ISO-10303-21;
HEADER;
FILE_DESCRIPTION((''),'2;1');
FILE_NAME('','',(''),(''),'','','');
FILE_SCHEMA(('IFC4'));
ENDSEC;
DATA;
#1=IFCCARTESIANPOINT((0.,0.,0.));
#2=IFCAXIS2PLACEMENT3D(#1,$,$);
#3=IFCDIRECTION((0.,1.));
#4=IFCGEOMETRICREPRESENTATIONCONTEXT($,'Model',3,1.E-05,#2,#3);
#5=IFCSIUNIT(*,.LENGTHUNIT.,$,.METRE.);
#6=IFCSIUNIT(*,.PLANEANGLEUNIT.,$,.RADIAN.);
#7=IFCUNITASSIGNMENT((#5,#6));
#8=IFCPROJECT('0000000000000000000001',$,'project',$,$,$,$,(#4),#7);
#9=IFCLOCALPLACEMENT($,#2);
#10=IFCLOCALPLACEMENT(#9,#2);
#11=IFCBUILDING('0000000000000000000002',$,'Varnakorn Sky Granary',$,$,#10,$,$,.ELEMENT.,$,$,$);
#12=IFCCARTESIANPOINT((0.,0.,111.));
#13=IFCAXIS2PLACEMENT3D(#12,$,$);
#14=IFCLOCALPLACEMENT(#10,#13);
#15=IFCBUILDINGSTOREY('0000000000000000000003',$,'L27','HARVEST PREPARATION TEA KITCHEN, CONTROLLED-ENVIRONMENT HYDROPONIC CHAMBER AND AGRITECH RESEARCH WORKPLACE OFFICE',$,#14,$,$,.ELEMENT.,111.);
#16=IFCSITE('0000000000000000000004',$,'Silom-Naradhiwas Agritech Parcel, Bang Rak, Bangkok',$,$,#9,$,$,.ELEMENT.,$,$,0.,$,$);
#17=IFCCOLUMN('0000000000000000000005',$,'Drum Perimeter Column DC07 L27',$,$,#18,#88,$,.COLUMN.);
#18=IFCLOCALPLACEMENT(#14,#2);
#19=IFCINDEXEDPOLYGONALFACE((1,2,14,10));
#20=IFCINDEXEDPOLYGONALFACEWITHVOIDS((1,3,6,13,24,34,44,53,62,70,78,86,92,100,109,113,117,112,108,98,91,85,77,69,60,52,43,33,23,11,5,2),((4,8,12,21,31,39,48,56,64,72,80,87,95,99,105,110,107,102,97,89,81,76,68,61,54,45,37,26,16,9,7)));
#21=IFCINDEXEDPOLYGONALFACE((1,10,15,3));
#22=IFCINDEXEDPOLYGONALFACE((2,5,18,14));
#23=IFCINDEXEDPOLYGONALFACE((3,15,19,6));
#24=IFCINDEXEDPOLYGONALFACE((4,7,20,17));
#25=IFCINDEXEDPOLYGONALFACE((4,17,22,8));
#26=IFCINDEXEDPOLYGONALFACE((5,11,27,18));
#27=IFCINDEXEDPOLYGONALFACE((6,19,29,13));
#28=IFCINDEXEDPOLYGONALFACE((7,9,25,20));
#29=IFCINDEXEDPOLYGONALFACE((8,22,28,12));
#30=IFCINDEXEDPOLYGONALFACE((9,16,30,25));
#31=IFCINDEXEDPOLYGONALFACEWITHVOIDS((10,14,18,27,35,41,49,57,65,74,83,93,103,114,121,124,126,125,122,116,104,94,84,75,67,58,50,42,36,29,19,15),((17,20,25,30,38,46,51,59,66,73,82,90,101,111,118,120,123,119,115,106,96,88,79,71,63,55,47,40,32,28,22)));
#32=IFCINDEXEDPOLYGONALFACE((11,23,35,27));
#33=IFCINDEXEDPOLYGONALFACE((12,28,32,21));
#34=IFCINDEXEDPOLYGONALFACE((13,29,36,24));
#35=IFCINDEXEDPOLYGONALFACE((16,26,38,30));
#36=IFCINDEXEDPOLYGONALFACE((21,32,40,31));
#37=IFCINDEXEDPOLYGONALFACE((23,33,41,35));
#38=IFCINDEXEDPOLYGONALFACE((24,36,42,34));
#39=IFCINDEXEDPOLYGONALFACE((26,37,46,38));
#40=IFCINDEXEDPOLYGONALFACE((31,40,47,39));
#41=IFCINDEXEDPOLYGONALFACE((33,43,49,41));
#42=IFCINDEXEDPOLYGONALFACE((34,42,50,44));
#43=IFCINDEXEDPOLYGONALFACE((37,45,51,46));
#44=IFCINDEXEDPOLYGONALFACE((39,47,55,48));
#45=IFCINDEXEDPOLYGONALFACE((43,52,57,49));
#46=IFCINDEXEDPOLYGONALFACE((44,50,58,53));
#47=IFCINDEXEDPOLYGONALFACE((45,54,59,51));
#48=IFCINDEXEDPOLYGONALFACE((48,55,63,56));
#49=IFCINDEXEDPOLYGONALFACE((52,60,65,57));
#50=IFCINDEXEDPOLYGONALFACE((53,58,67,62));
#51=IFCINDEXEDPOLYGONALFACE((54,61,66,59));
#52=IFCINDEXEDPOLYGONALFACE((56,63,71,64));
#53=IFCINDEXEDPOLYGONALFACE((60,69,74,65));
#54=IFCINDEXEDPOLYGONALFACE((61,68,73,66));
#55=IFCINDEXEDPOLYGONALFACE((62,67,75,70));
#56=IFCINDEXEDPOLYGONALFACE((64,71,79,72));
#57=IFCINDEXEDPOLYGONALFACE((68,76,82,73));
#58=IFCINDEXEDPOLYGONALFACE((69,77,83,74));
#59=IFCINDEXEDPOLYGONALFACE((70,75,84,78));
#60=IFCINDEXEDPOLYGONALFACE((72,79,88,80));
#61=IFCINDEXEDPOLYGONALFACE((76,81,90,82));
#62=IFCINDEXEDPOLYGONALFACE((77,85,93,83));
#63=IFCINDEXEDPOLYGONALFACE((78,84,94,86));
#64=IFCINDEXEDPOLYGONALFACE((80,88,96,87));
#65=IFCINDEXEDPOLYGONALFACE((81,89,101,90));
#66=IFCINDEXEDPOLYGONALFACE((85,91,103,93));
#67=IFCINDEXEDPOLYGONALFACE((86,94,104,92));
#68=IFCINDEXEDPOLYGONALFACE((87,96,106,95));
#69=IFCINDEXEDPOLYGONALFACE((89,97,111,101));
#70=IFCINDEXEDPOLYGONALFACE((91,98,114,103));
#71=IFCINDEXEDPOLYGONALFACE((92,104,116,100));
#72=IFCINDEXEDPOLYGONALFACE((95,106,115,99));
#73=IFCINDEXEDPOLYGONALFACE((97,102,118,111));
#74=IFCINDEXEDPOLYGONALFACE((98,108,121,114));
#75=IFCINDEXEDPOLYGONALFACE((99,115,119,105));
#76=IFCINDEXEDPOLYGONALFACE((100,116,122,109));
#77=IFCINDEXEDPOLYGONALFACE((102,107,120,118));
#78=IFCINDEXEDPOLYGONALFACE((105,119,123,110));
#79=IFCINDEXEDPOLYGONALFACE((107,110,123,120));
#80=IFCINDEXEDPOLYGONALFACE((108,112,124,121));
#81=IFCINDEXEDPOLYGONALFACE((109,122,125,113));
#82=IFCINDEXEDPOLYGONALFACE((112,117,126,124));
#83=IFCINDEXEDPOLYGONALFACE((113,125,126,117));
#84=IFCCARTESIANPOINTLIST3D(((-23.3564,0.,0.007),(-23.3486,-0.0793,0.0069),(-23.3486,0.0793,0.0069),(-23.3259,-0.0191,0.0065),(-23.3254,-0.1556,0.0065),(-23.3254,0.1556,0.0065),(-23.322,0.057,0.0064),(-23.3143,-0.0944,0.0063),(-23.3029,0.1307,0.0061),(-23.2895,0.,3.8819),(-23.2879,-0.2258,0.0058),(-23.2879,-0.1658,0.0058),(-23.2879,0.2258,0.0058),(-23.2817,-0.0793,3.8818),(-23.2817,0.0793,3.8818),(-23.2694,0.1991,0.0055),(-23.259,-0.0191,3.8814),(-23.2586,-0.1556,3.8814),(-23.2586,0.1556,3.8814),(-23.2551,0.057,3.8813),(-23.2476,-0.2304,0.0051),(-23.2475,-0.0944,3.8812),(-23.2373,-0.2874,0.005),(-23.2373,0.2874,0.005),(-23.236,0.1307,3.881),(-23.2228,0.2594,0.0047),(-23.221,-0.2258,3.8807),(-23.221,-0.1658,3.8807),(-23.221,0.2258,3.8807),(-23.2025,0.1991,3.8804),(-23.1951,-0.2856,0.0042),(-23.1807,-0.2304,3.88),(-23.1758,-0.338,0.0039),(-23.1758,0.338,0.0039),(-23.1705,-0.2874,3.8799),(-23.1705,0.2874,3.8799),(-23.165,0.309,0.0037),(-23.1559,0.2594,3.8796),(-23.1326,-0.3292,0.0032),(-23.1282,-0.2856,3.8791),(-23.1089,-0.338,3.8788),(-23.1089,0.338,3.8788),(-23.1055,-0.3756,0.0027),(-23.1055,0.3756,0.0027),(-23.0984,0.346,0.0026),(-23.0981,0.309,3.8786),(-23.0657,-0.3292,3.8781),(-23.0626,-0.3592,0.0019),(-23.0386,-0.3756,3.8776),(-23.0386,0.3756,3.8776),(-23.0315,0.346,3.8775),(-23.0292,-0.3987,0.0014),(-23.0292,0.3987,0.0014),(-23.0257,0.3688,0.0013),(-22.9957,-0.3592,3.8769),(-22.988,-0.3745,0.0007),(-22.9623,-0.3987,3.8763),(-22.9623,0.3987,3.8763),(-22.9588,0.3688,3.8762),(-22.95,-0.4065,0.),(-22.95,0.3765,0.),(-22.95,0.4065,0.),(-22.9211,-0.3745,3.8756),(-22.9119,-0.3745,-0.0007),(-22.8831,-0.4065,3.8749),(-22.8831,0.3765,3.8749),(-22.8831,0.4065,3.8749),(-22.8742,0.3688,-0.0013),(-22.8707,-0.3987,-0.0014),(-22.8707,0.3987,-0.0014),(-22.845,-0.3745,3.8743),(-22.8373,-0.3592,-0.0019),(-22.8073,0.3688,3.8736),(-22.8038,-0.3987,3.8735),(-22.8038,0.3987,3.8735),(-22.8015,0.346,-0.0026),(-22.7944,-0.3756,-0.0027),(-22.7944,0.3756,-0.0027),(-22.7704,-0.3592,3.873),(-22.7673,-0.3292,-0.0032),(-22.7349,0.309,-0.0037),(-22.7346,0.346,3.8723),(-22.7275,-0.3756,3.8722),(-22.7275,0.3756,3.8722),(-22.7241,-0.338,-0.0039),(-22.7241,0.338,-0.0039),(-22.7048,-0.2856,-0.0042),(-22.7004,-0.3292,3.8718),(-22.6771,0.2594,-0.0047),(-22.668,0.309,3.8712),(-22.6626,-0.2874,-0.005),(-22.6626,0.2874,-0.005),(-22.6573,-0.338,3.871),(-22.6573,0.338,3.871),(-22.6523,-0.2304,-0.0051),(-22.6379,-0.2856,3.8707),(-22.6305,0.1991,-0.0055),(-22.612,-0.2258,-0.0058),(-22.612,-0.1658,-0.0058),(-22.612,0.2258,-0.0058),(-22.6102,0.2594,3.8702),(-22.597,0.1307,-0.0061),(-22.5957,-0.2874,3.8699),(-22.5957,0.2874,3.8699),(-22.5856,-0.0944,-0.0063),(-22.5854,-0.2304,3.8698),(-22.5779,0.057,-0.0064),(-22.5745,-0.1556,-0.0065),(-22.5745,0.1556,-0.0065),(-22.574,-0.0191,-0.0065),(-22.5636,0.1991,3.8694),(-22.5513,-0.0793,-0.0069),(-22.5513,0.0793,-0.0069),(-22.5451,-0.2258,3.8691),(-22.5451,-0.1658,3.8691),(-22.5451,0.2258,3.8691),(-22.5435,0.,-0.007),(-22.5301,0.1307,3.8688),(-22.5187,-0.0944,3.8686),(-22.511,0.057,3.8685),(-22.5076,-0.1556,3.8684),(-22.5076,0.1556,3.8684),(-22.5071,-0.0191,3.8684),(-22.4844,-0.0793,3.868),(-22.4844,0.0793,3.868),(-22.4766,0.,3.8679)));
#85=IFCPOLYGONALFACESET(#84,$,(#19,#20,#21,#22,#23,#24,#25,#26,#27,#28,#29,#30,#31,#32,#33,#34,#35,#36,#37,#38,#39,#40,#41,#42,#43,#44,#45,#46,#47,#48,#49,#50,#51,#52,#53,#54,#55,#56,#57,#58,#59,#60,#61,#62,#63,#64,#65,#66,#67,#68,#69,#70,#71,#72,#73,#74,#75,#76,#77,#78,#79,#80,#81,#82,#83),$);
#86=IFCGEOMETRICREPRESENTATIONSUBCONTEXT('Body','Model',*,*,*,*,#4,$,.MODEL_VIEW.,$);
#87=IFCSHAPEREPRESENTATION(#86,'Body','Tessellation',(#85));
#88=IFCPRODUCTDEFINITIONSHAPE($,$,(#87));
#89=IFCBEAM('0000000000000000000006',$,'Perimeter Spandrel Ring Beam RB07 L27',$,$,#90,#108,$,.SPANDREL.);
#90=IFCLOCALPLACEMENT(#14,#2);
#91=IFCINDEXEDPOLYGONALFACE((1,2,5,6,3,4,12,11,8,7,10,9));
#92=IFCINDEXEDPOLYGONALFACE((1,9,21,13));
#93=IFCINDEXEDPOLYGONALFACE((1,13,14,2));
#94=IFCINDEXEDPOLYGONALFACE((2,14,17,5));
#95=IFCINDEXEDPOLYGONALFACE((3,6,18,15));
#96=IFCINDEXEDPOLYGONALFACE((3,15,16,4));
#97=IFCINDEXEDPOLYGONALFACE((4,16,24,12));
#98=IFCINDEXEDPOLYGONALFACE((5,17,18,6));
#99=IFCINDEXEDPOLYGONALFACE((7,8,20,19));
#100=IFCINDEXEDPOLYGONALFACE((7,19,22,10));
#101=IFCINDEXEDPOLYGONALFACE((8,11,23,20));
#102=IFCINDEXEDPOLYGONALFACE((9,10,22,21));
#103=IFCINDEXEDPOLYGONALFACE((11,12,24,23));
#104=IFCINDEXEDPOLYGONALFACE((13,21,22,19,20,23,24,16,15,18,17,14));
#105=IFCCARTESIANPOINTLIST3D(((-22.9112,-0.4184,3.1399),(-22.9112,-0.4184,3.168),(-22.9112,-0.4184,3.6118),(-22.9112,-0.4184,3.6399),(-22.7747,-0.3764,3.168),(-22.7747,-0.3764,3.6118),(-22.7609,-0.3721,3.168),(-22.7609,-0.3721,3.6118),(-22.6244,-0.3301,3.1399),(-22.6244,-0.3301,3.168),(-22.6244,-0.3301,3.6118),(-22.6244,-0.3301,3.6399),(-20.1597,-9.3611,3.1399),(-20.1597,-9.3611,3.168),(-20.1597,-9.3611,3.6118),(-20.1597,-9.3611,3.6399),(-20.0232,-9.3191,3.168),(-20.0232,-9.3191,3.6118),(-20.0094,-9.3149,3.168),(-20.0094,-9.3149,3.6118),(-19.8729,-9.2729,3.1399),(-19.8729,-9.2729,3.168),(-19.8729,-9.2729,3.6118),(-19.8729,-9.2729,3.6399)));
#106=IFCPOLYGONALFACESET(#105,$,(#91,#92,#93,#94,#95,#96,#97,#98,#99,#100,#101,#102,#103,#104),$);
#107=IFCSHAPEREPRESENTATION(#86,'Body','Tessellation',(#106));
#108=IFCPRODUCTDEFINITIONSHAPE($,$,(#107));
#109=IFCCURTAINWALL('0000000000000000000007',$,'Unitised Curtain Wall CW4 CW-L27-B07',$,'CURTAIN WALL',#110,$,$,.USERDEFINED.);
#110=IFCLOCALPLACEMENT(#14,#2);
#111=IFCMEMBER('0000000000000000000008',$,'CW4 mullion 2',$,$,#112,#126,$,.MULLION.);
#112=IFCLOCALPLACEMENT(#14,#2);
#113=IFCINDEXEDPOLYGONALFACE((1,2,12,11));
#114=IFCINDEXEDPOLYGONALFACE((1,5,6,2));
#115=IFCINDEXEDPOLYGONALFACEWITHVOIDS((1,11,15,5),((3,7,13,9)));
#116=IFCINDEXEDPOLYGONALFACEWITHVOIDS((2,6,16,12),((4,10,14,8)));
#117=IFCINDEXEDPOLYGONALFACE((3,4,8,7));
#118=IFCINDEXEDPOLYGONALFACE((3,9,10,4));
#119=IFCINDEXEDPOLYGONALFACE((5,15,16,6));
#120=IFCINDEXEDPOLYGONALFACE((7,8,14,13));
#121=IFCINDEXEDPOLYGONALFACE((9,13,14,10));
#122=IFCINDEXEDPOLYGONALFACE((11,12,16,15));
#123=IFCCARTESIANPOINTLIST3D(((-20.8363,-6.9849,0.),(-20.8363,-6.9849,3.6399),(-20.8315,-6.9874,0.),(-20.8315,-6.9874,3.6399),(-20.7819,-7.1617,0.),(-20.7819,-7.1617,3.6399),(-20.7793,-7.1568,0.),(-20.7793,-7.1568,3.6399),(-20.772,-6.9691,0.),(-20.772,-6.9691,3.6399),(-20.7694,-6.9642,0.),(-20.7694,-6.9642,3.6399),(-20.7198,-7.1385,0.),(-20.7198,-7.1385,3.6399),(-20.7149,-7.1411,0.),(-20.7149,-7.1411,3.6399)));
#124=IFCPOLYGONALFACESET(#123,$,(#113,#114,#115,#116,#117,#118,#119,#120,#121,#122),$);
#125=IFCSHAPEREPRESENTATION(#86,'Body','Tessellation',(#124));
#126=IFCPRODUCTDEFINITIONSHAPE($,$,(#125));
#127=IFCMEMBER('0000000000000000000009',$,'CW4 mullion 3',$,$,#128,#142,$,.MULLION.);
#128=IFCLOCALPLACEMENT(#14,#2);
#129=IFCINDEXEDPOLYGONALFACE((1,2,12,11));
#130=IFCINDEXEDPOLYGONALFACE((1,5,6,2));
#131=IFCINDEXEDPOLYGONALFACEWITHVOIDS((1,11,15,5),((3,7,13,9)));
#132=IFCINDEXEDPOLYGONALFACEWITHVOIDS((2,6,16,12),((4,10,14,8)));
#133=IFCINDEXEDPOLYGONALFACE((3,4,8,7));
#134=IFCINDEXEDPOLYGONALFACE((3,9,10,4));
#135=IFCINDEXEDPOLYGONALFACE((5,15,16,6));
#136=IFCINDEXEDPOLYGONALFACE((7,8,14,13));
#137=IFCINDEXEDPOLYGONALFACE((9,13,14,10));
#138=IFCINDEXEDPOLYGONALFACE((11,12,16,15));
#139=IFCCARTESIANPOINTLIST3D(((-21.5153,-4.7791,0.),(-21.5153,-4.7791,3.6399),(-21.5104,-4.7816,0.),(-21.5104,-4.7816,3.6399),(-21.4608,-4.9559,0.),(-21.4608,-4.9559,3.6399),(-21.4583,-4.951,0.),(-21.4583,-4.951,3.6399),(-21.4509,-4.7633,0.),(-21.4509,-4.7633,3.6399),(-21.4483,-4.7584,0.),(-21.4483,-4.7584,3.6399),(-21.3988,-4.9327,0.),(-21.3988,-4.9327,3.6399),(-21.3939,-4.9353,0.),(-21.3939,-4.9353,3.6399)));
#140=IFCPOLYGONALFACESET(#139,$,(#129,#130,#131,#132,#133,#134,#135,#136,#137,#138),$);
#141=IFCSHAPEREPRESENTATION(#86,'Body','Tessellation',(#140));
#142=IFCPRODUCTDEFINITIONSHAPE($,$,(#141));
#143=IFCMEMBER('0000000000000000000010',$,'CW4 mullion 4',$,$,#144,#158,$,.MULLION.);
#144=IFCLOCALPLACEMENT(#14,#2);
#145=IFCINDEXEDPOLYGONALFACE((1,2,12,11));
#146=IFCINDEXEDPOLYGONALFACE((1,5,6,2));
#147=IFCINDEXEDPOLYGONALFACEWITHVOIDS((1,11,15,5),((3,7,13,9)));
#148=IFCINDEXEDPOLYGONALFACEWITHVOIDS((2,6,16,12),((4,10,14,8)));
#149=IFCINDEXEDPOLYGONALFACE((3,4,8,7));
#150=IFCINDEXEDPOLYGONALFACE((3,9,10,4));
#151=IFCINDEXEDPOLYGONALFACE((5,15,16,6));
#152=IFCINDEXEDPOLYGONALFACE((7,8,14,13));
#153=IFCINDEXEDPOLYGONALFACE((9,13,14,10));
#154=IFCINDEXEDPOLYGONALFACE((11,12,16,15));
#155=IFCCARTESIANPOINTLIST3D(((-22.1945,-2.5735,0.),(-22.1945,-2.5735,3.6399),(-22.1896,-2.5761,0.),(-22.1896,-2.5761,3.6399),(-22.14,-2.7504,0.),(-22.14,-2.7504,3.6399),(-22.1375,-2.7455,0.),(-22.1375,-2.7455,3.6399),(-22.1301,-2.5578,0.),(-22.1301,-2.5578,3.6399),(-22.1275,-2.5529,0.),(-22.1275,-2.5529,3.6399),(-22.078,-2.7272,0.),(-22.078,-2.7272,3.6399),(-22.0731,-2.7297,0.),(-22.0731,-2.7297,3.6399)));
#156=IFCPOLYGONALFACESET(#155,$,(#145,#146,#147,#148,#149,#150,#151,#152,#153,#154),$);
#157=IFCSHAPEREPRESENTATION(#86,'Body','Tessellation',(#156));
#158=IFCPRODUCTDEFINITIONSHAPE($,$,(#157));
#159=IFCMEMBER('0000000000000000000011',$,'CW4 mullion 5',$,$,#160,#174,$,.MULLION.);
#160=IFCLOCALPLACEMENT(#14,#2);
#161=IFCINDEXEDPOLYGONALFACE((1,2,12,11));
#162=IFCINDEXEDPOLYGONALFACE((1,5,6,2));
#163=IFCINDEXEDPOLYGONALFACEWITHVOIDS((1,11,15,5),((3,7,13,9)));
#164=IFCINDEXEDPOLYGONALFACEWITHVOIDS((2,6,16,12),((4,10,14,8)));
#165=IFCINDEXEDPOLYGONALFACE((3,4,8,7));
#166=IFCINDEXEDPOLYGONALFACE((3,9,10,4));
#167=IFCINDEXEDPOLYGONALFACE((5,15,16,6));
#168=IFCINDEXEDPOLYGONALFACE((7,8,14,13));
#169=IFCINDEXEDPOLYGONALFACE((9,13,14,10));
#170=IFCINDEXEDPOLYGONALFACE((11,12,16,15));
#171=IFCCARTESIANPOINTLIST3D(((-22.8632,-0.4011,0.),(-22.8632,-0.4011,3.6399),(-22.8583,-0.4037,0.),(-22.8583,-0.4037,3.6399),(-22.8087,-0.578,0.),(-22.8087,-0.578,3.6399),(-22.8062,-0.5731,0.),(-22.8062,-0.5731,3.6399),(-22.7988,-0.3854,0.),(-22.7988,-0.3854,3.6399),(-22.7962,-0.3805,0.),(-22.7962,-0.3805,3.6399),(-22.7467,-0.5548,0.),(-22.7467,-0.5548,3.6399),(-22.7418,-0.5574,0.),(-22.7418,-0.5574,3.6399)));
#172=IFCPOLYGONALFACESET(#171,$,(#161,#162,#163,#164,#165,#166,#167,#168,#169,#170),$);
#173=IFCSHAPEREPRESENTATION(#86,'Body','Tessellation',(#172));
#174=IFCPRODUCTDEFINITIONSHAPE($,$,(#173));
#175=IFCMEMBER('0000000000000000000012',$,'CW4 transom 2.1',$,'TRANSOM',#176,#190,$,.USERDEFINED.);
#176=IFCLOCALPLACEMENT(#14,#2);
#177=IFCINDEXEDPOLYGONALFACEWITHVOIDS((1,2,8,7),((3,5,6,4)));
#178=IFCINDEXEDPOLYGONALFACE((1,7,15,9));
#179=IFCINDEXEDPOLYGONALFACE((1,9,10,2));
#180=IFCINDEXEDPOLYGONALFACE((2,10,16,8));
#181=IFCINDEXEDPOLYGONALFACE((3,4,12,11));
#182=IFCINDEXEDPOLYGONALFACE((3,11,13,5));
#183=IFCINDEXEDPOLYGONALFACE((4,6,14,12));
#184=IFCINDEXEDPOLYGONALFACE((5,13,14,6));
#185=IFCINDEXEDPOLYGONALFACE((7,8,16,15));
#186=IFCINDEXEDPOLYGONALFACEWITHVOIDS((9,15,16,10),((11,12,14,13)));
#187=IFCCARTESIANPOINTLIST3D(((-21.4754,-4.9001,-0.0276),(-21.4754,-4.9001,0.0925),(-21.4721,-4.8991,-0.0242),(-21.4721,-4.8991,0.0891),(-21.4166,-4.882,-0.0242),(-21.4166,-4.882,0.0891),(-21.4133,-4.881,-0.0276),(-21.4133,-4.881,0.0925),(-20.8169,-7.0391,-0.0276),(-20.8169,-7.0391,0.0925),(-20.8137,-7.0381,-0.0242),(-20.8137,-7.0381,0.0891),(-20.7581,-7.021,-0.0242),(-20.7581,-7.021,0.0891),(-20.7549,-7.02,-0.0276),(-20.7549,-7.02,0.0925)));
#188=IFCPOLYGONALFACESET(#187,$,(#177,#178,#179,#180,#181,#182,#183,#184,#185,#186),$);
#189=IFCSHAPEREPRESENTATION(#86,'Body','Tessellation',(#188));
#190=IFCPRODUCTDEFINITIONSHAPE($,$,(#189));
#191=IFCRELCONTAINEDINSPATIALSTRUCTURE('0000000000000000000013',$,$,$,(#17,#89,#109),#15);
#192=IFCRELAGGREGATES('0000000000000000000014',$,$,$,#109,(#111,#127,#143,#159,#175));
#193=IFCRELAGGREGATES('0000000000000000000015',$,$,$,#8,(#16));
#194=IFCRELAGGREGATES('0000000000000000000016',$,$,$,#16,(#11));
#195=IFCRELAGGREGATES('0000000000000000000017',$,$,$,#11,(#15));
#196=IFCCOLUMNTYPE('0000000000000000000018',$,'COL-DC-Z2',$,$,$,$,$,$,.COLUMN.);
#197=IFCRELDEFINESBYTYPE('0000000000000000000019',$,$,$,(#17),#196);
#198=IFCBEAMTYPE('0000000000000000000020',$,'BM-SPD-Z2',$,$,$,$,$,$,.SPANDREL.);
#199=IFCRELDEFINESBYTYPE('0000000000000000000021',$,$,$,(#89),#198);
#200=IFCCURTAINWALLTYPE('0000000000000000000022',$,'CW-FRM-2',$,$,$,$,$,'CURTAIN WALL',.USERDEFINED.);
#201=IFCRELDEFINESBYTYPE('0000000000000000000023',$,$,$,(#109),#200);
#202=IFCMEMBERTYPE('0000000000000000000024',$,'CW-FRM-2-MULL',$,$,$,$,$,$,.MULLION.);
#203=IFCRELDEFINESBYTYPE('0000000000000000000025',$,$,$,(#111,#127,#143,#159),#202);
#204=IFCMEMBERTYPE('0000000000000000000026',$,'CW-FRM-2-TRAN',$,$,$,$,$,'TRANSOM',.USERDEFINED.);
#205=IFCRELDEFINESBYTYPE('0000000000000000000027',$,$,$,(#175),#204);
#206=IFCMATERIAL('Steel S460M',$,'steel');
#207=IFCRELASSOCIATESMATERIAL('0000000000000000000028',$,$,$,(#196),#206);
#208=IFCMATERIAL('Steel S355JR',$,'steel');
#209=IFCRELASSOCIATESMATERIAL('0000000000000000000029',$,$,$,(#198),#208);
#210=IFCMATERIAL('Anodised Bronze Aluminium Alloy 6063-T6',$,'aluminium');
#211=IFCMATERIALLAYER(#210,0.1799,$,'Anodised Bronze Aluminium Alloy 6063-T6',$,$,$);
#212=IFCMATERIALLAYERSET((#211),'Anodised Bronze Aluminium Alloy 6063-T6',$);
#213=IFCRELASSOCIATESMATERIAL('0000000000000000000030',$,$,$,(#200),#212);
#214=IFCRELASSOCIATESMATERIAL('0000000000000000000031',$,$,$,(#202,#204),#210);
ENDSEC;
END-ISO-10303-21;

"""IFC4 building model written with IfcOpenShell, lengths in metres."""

from ifc_helpers import new_model, si_unit, direction, frame, origin, origin_2d, place, context, subcontext, project, spatial, hollow_rectangle, hollow_circle, i_section, extrude, material, layer, layer_set, material_profile, profile_set, type_object, element, aggregate, save


model = new_model("IFC4")

# Units and contexts
model_context = context("Model", 3, precision=1e-05, world=origin(), true_north=direction((0.0, 1.0)))
body_context = subcontext(model_context, "Body", "Model", "MODEL_VIEW")
ifc_project = project(units=[si_unit("LENGTHUNIT", "METRE"), si_unit("PLANEANGLEUNIT", "RADIAN")], contexts=[model_context])

# Site, building, storey
site_placement = place(None, origin())
site = spatial("IfcSite", under=ifc_project, at=site_placement, Name="Silom-Naradhiwas Agritech Parcel, Bang Rak, Bangkok", CompositionType="ELEMENT", RefElevation=0.0)
building_placement = place(site_placement, origin())
building = spatial("IfcBuilding", under=site, at=building_placement, Name="Varnakorn Sky Granary", CompositionType="ELEMENT")
storey_placement = place(building_placement, frame((0.0, 0.0, 111.0)))
storey = spatial("IfcBuildingStorey", under=building, at=storey_placement, Name="L27", Description="HARVEST PREPARATION TEA KITCHEN, CONTROLLED-ENVIRONMENT HYDROPONIC CHAMBER AND AGRITECH RESEARCH WORKPLACE OFFICE", CompositionType="ELEMENT", Elevation=111.0)

# Column
ifc_material_1 = material(Name="Steel S460M", Category="steel")
ifc_material_profile_1 = material_profile(ifc_material_1, hollow_circle(Radius=0.4065, WallThickness=0.03, at=origin_2d()), Name="CHS 813x30")
ifc_profile_set_1 = profile_set([ifc_material_profile_1], Name="Steel S460M")
column_type = type_object("IfcColumnType", Name="COL-DC-Z2", PredefinedType="COLUMN", material=ifc_profile_set_1)
column_placement = place(storey_placement, frame((-22.95, 0.0, 0.0), z_axis=(0.017261, 0.0, 0.999851), x_axis=(0.0, 1.0, 0.0)))
element("IfcColumn", 1, at=column_placement, inside=storey, type_object=column_type, Name="Drum Perimeter Column DC07 L27", PredefinedType="COLUMN", context=body_context, shape_type="SweptSolid", body=[
    extrude(hollow_circle(Radius=0.4065, WallThickness=0.03, at=origin_2d()), origin(), (0.0, 0.0, 1.0), 3.8755),
])

# Beam
ifc_material_2 = material(Name="Steel S355JR", Category="steel")
ifc_material_profile_2 = material_profile(ifc_material_2, i_section(OverallWidth=0.3, OverallDepth=0.5, WebThickness=0.0144, FlangeThickness=0.0281, at=origin_2d()), Name="HE 500 B")
ifc_profile_set_2 = profile_set([ifc_material_profile_2], Name="Steel S355JR")
beam_type = type_object("IfcBeamType", Name="BM-SPD-Z2", PredefinedType="SPANDREL", material=ifc_profile_set_2)
beam_placement = place(storey_placement, frame((-22.7678, -0.3743, 3.3899), z_axis=(0.294075, -0.955782, 0.0), x_axis=(0.955782, 0.294075, 0.0)))
element("IfcBeam", 2, at=beam_placement, inside=storey, type_object=beam_type, Name="Perimeter Spandrel Ring Beam RB07 L27", PredefinedType="SPANDREL", context=body_context, shape_type="SweptSolid", body=[
    extrude(i_section(OverallWidth=0.3, OverallDepth=0.5, WebThickness=0.0144, FlangeThickness=0.0281, at=origin_2d()), origin(), (0.0, 0.0, 1.0), 9.3564),
])

# Curtain wall, members
ifc_material_3 = material(Name="Anodised Bronze Aluminium Alloy 6063-T6", Category="aluminium")
ifc_layer_1 = layer(ifc_material_3, 0.1799, Name="Anodised Bronze Aluminium Alloy 6063-T6")
ifc_layer_set_1 = layer_set([ifc_layer_1], Name="Anodised Bronze Aluminium Alloy 6063-T6")
curtain_wall_type = type_object("IfcCurtainWallType", Name="CW-FRM-2", ElementType="CURTAIN WALL", PredefinedType="USERDEFINED", material=ifc_layer_set_1)
curtain_wall_placement = place(storey_placement, origin())
curtain_wall = element("IfcCurtainWall", 3, at=curtain_wall_placement, inside=storey, type_object=curtain_wall_type, Name="Unitised Curtain Wall CW4 CW-L27-B07", ObjectType="CURTAIN WALL", PredefinedType="USERDEFINED")
ifc_material_profile_3 = material_profile(ifc_material_3, hollow_rectangle(XDim=0.0701, YDim=0.1851, WallThickness=0.0039, at=origin_2d()), Name="ALU MULL 70x185")
ifc_profile_set_3 = profile_set([ifc_material_profile_3], Name="Anodised Bronze Aluminium Alloy 6063-T6")
member_type_1 = type_object("IfcMemberType", Name="CW-FRM-2-MULL", PredefinedType="MULLION", material=ifc_profile_set_3)
member_1_placement = place(storey_placement, frame((-20.7756, -7.063, 0.0), z_axis=(0.0, 0.0, 1.0), x_axis=(-0.955738, -0.294221, 0.0)))
member_1 = element("IfcMember", 4, at=member_1_placement, type_object=member_type_1, Name="CW4 mullion 2", PredefinedType="MULLION", context=body_context, shape_type="SweptSolid", body=[
    extrude(hollow_rectangle(XDim=0.0701, YDim=0.1851, WallThickness=0.0039, at=origin_2d()), origin(), (0.0, 0.0, 1.0), 3.6399),
])
member_2_placement = place(storey_placement, frame((-21.4546, -4.8572, 0.0), z_axis=(0.0, 0.0, 1.0), x_axis=(-0.955738, -0.294221, 0.0)))
member_2 = element("IfcMember", 5, at=member_2_placement, type_object=member_type_1, Name="CW4 mullion 3", PredefinedType="MULLION", context=body_context, shape_type="SweptSolid", body=[
    extrude(hollow_rectangle(XDim=0.0701, YDim=0.1851, WallThickness=0.0039, at=origin_2d()), origin(), (0.0, 0.0, 1.0), 3.6399),
])
member_3_placement = place(storey_placement, frame((-22.1338, -2.6516, 0.0), z_axis=(0.0, 0.0, 1.0), x_axis=(-0.955738, -0.294221, 0.0)))
member_3 = element("IfcMember", 6, at=member_3_placement, type_object=member_type_1, Name="CW4 mullion 4", PredefinedType="MULLION", context=body_context, shape_type="SweptSolid", body=[
    extrude(hollow_rectangle(XDim=0.0701, YDim=0.1851, WallThickness=0.0039, at=origin_2d()), origin(), (0.0, 0.0, 1.0), 3.6399),
])
member_4_placement = place(storey_placement, frame((-22.8025, -0.4792, 0.0), z_axis=(0.0, 0.0, 1.0), x_axis=(-0.955738, -0.294221, 0.0)))
member_4 = element("IfcMember", 7, at=member_4_placement, type_object=member_type_1, Name="CW4 mullion 5", PredefinedType="MULLION", context=body_context, shape_type="SweptSolid", body=[
    extrude(hollow_rectangle(XDim=0.0701, YDim=0.1851, WallThickness=0.0039, at=origin_2d()), origin(), (0.0, 0.0, 1.0), 3.6399),
])
ifc_material_profile_4 = material_profile(ifc_material_3, hollow_rectangle(XDim=0.0649, YDim=0.1201, WallThickness=0.0034, at=origin_2d()), Name="ALU TRAN 65x120")
ifc_profile_set_4 = profile_set([ifc_material_profile_4], Name="Anodised Bronze Aluminium Alloy 6063-T6")
member_type_2 = type_object("IfcMemberType", Name="CW-FRM-2-TRAN", ElementType="TRANSOM", PredefinedType="USERDEFINED", material=ifc_profile_set_4)
member_5_placement = place(storey_placement, frame((-20.7859, -7.0295, 0.0325), z_axis=(-0.294216, 0.955739, 0.0), x_axis=(-0.955739, -0.294216, 0.0)))
member_5 = element("IfcMember", 8, at=member_5_placement, type_object=member_type_2, Name="CW4 transom 2.1", ObjectType="TRANSOM", PredefinedType="USERDEFINED", context=body_context, shape_type="SweptSolid", body=[
    extrude(hollow_rectangle(XDim=0.0649, YDim=0.1201, WallThickness=0.0034, at=origin_2d()), origin(), (0.0, 0.0, 1.0), 2.238),
])

aggregate(curtain_wall, [member_1, member_2, member_3, member_4, member_5])

save(model, "model.ifc")
